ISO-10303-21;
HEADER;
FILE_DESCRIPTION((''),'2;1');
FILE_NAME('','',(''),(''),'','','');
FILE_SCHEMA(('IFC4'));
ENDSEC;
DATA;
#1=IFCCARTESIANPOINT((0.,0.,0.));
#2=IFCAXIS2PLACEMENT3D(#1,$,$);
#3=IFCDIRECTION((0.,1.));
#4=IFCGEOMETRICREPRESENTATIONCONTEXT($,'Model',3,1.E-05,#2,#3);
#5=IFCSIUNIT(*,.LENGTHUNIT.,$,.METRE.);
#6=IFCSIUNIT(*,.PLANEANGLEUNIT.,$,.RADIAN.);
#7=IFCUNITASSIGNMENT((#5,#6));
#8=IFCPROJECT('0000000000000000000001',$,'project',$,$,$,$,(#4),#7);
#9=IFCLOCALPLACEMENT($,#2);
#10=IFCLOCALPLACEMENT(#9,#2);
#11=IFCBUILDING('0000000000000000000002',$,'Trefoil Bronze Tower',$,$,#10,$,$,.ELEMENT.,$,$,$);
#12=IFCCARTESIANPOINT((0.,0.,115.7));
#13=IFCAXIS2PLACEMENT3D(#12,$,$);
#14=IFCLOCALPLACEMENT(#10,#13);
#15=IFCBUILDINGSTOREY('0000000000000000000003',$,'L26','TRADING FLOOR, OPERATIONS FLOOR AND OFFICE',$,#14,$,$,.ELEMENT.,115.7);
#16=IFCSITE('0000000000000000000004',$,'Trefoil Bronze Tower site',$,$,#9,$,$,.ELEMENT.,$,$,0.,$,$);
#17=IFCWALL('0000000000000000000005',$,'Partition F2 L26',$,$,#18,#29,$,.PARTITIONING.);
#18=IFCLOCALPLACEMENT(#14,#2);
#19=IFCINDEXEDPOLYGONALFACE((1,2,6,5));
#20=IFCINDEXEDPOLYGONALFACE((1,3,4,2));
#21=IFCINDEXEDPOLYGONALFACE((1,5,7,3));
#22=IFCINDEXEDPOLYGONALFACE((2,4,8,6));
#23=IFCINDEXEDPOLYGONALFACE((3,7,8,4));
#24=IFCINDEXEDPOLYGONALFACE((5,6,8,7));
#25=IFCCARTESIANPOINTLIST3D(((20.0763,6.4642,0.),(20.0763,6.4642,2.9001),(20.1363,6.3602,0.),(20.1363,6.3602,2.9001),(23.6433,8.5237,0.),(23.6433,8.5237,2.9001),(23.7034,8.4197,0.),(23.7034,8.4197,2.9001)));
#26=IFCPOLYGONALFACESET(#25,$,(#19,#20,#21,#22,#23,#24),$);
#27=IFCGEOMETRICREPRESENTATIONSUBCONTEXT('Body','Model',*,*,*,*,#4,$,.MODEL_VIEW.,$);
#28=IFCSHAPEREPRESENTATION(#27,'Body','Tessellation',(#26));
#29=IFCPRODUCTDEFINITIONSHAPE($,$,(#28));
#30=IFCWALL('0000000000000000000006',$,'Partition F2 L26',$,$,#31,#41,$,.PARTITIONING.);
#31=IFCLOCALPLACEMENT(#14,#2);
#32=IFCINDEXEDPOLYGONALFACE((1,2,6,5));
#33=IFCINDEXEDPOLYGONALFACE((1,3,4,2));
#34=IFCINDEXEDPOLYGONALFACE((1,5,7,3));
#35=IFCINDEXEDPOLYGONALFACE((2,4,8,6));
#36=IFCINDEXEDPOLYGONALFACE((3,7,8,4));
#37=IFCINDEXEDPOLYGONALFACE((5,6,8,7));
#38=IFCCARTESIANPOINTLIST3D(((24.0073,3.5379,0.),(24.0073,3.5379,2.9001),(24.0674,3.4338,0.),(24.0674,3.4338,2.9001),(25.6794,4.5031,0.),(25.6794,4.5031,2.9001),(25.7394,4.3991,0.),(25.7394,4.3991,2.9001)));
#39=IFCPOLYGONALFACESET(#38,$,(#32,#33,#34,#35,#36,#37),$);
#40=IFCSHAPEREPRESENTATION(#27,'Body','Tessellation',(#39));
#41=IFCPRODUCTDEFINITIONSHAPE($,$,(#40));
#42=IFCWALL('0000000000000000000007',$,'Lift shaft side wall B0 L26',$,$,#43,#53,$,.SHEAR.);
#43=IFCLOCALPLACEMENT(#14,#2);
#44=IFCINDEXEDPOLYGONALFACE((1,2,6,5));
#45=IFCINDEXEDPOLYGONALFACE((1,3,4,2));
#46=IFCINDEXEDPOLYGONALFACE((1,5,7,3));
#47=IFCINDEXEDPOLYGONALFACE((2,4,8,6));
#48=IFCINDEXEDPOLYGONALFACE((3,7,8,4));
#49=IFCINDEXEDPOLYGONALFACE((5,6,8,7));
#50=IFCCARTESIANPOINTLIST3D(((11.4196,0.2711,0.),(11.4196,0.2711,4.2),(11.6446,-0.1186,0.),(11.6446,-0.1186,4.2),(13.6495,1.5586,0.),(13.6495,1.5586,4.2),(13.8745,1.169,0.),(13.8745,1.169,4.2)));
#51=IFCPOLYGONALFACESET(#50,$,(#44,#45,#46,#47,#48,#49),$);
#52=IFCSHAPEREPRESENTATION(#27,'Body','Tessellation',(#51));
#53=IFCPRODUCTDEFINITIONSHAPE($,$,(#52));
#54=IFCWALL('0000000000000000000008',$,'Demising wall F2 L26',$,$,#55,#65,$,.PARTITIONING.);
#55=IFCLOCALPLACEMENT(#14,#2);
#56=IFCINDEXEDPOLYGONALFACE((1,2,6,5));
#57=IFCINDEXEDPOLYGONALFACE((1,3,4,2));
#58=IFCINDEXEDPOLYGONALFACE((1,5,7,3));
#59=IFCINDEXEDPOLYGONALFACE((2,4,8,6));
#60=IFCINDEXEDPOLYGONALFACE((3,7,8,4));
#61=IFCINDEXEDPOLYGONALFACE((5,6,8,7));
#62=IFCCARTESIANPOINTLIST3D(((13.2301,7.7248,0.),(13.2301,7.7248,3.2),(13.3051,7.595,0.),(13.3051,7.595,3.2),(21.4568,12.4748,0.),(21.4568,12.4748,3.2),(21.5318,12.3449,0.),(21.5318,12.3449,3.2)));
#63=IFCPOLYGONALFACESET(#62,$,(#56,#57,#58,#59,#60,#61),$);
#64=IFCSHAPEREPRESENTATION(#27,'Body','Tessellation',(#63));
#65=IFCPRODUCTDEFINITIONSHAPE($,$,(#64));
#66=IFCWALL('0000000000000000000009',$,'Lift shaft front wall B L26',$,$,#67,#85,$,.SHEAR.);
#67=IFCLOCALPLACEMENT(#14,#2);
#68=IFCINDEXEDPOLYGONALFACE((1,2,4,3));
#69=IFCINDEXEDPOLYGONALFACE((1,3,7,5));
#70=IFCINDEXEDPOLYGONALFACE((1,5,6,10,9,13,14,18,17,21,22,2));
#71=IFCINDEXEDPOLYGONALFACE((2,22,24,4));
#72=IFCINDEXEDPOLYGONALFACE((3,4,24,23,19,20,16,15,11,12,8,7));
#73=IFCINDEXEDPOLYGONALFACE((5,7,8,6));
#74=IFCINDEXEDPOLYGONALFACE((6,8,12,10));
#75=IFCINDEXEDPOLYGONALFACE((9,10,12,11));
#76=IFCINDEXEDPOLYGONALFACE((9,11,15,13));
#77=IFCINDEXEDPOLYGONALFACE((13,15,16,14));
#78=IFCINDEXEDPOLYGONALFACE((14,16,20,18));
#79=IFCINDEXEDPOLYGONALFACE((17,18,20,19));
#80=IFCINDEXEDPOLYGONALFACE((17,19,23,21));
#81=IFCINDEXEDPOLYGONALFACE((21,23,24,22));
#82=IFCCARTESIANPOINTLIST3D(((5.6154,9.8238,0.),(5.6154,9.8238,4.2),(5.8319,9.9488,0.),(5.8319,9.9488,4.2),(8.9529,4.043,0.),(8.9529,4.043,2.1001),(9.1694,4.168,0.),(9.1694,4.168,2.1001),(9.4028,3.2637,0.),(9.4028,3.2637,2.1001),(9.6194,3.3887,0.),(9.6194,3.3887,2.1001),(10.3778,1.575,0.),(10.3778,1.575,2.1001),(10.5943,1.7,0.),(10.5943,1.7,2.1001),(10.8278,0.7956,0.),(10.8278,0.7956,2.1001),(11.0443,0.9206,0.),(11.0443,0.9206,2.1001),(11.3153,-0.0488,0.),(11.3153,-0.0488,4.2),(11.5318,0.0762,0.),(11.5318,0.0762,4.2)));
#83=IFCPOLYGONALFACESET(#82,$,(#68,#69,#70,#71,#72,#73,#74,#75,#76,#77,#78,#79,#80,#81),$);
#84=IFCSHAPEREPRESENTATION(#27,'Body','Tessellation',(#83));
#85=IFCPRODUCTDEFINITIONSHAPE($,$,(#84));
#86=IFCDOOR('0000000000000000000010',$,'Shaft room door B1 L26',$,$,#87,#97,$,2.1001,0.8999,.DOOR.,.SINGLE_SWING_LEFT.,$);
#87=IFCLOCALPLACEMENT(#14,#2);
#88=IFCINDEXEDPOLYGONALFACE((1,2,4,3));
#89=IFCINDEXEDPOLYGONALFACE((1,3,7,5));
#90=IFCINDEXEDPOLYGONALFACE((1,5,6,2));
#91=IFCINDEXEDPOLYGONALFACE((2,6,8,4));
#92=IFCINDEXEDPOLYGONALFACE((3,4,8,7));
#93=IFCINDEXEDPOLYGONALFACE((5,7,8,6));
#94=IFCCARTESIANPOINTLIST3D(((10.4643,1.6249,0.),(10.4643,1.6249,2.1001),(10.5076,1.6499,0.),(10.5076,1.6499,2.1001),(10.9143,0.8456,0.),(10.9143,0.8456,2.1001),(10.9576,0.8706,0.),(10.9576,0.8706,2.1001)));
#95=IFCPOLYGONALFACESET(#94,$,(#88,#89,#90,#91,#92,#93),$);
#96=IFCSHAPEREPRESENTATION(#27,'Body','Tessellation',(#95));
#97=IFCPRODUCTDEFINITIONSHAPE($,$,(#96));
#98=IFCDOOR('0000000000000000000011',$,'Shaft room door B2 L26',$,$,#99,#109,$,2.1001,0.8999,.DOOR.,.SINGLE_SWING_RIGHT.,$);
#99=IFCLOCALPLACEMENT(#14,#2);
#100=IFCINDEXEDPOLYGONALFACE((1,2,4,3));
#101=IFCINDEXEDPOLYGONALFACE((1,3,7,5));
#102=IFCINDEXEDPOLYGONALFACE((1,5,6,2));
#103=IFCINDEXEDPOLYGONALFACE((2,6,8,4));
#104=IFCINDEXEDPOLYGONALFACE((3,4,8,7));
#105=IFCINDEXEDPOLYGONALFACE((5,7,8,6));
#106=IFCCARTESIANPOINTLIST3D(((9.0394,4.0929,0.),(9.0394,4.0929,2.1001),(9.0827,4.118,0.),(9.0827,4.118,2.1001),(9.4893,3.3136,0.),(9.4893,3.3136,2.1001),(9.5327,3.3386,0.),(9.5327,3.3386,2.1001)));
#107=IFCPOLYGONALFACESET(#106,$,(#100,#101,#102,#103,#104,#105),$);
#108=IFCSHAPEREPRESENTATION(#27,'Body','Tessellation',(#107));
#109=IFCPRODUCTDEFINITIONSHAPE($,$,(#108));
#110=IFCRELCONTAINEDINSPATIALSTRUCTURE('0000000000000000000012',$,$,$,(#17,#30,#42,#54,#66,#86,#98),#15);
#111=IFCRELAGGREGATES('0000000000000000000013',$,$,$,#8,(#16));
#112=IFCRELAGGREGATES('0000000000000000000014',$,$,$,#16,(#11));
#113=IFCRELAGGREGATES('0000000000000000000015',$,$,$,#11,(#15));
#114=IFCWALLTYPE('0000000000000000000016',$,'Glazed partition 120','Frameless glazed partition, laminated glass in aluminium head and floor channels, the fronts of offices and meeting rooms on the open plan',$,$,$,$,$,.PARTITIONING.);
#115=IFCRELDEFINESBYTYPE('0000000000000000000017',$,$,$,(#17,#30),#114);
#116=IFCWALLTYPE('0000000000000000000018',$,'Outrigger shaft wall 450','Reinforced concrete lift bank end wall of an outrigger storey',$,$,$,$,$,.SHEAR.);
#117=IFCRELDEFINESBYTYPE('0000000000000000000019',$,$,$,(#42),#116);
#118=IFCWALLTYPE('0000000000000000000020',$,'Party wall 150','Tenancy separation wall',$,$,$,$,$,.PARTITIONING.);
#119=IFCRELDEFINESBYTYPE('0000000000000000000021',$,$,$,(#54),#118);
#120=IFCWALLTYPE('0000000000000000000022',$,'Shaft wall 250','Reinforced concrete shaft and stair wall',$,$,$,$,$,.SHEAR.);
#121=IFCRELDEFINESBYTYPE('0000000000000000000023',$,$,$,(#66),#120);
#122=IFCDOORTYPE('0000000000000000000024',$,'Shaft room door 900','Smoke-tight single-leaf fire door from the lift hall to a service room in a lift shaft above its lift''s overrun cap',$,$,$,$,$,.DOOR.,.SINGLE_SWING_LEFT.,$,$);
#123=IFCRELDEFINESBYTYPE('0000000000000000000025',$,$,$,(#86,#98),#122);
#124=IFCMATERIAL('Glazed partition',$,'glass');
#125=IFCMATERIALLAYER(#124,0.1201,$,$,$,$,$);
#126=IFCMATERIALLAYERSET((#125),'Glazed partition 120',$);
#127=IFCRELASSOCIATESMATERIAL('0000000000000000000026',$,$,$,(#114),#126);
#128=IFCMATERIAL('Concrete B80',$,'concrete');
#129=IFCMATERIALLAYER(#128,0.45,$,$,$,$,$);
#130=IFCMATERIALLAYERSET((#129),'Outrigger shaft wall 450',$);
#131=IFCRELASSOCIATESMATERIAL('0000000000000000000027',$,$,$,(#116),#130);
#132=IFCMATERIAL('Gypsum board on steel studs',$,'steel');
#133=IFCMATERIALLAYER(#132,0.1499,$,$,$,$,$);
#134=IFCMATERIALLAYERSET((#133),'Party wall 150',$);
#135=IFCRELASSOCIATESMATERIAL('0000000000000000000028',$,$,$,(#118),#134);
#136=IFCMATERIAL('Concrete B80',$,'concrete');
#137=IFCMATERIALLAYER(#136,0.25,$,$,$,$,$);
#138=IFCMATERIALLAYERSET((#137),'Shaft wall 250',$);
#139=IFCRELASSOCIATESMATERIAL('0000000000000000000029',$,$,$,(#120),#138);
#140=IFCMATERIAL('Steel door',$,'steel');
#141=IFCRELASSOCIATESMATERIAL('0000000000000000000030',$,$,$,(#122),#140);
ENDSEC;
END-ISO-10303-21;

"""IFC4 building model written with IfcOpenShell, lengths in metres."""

from ifc_helpers import new_model, si_unit, direction, frame, frame_2d, origin, place, context, subcontext, project, spatial, rectangle, extrude, material, layer, layer_set, type_object, element, fill, save


model = new_model("IFC4")

# Units and contexts
model_context = context("Model", 3, precision=1e-05, world=origin(), true_north=direction((0.0, 1.0)))
body_context = subcontext(model_context, "Body", "Model", "MODEL_VIEW")
ifc_project = project(units=[si_unit("LENGTHUNIT", "METRE"), si_unit("PLANEANGLEUNIT", "RADIAN")], contexts=[model_context])

# Site, building, storey
site_placement = place(None, origin())
site = spatial("IfcSite", under=ifc_project, at=site_placement, Name="Trefoil Bronze Tower site", CompositionType="ELEMENT", RefElevation=0.0)
building_placement = place(site_placement, origin())
building = spatial("IfcBuilding", under=site, at=building_placement, Name="Trefoil Bronze Tower", CompositionType="ELEMENT")
storey_placement = place(building_placement, frame((0.0, 0.0, 115.7)))
storey = spatial("IfcBuildingStorey", under=building, at=storey_placement, Name="L26", Description="TRADING FLOOR, OPERATIONS FLOOR AND OFFICE", CompositionType="ELEMENT", Elevation=115.7)

# Shared definitions
ifc_material_1 = material(Name="Glazed partition", Category="glass")
ifc_layer_1 = layer(ifc_material_1, 0.1201)
ifc_layer_set_1 = layer_set([ifc_layer_1], Name="Glazed partition 120")
wall_type_1 = type_object("IfcWallType", Name="Glazed partition 120", Description="Frameless glazed partition, laminated glass in aluminium head and floor channels, the fronts of offices and meeting rooms on the open plan", PredefinedType="PARTITIONING", material=ifc_layer_set_1)

# Walls
wall_1_placement = place(storey_placement, frame((20.1062, 6.4121, 0.0), z_axis=(0.0, 0.0, 1.0), x_axis=(0.866017, 0.500015, 0.0)))
element("IfcWall", 1, at=wall_1_placement, inside=storey, type_object=wall_type_1, Name="Partition F2 L26", PredefinedType="PARTITIONING", context=body_context, shape_type="SweptSolid", body=[
    extrude(rectangle(XDim=4.1189, YDim=0.1201, at=frame_2d((2.0596, 0.0))), origin(), (0.0, 0.0, 1.0), 2.9001),
])
wall_2_placement = place(storey_placement, frame((24.0374, 3.4858, 0.0), z_axis=(0.0, 0.0, 1.0), x_axis=(0.86604, 0.499974, 0.0)))
element("IfcWall", 2, at=wall_2_placement, inside=storey, type_object=wall_type_1, Name="Partition F2 L26", PredefinedType="PARTITIONING", context=body_context, shape_type="SweptSolid", body=[
    extrude(rectangle(XDim=1.9307, YDim=0.1201, at=frame_2d((0.9653, 0.0))), origin(), (0.0, 0.0, 1.0), 2.9001),
])
ifc_material_2 = material(Name="Concrete B80", Category="concrete")
ifc_layer_2 = layer(ifc_material_2, 0.45)
ifc_layer_set_2 = layer_set([ifc_layer_2], Name="Outrigger shaft wall 450")
wall_type_2 = type_object("IfcWallType", Name="Outrigger shaft wall 450", Description="Reinforced concrete lift bank end wall of an outrigger storey", PredefinedType="SHEAR", material=ifc_layer_set_2)
wall_3_placement = place(storey_placement, frame((11.532, 0.0762, 0.0), z_axis=(0.0, 0.0, 1.0), x_axis=(0.866006, 0.500034, 0.0)))
element("IfcWall", 3, at=wall_3_placement, inside=storey, type_object=wall_type_2, Name="Lift shaft side wall B0 L26", PredefinedType="SHEAR", context=body_context, shape_type="SweptSolid", body=[
    extrude(rectangle(XDim=2.575, YDim=0.45, at=frame_2d((1.2876, 0.0))), origin(), (0.0, 0.0, 1.0), 4.2),
])
ifc_material_3 = material(Name="Gypsum board on steel studs", Category="steel")
ifc_layer_3 = layer(ifc_material_3, 0.1499)
ifc_layer_set_3 = layer_set([ifc_layer_3], Name="Party wall 150")
wall_type_3 = type_object("IfcWallType", Name="Party wall 150", Description="Tenancy separation wall", PredefinedType="PARTITIONING", material=ifc_layer_set_3)
wall_4_placement = place(storey_placement, frame((13.2676, 7.6599, 0.0), z_axis=(0.0, 0.0, 1.0), x_axis=(0.866014, 0.50002, 0.0)))
element("IfcWall", 4, at=wall_4_placement, inside=storey, type_object=wall_type_3, Name="Demising wall F2 L26", PredefinedType="PARTITIONING", context=body_context, shape_type="SweptSolid", body=[
    extrude(rectangle(XDim=9.4995, YDim=0.1499, at=frame_2d((4.7498, 0.0))), origin(), (0.0, 0.0, 1.0), 3.2),
])

# Wall, openings, doors
ifc_material_4 = material(Name="Concrete B80", Category="concrete")
ifc_layer_4 = layer(ifc_material_4, 0.25)
ifc_layer_set_4 = layer_set([ifc_layer_4], Name="Shaft wall 250")
wall_type_4 = type_object("IfcWallType", Name="Shaft wall 250", Description="Reinforced concrete shaft and stair wall", PredefinedType="SHEAR", material=ifc_layer_set_4)
wall_5_placement = place(storey_placement, frame((11.4236, 0.0137, 0.0), z_axis=(0.0, 0.0, 1.0), x_axis=(-0.500002, 0.866024, 0.0)))
wall_5 = element("IfcWall", 5, at=wall_5_placement, inside=storey, type_object=wall_type_4, Name="Lift shaft front wall B L26", PredefinedType="SHEAR", context=body_context, shape_type="SweptSolid", body=[
    extrude(rectangle(XDim=11.3999, YDim=0.25, at=frame_2d((5.7, 0.0))), origin(), (0.0, 0.0, 1.0), 4.2),
])
opening_1_placement = place(wall_5_placement, frame((0.9751, 0.0, 0.0)))
opening_1 = element("IfcOpeningElement", 6, at=opening_1_placement, cuts=wall_5, PredefinedType="OPENING", context=body_context, shape_type="SweptSolid", body=[
    extrude(rectangle(XDim=0.8999, YDim=2.1001, at=frame_2d((0.45, 1.05))), frame((0.0, 0.135, 0.0), z_axis=(0.0, -1.0, 0.0), x_axis=(1.0, 0.0, 0.0)), (0.0, 0.0, 1.0), 0.27),
])
opening_2_placement = place(wall_5_placement, frame((3.825, 0.0, 0.0)))
opening_2 = element("IfcOpeningElement", 7, at=opening_2_placement, cuts=wall_5, PredefinedType="OPENING", context=body_context, shape_type="SweptSolid", body=[
    extrude(rectangle(XDim=0.8999, YDim=2.1001, at=frame_2d((0.45, 1.05))), frame((0.0, 0.135, 0.0), z_axis=(0.0, -1.0, 0.0), x_axis=(1.0, 0.0, 0.0)), (0.0, 0.0, 1.0), 0.27),
])
ifc_material_5 = material(Name="Steel door", Category="steel")
door_type_1 = type_object("IfcDoorType", Name="Shaft room door 900", Description="Smoke-tight single-leaf fire door from the lift hall to a service room in a lift shaft above its lift's overrun cap", OperationType="SINGLE_SWING_LEFT", PredefinedType="DOOR", material=ifc_material_5)
door_1_placement = place(opening_1_placement, frame((0.8999, 0.0, 0.0), z_axis=(0.0, 0.0, 1.0), x_axis=(-1.0, 0.0, 0.0)))
door_1 = element("IfcDoor", 8, at=door_1_placement, inside=storey, type_object=door_type_1, Name="Shaft room door B1 L26", OperationType="SINGLE_SWING_LEFT", OverallHeight=2.1001, OverallWidth=0.8999, PredefinedType="DOOR", context=body_context, shape_type="SweptSolid", body=[
    extrude(rectangle(XDim=0.8999, YDim=2.1001, at=frame_2d((0.45, 1.05))), frame((0.0, 0.0249, 0.0), z_axis=(0.0, -1.0, 0.0), x_axis=(1.0, 0.0, 0.0)), (0.0, 0.0, 1.0), 0.05),
])
fill(opening_1, door_1)
door_2_placement = place(opening_2_placement, frame((0.8999, 0.0, 0.0), z_axis=(0.0, 0.0, 1.0), x_axis=(-1.0, 0.0, 0.0)))
door_2 = element("IfcDoor", 9, at=door_2_placement, inside=storey, type_object=door_type_1, Name="Shaft room door B2 L26", OperationType="SINGLE_SWING_RIGHT", OverallHeight=2.1001, OverallWidth=0.8999, PredefinedType="DOOR", context=body_context, shape_type="SweptSolid", body=[
    extrude(rectangle(XDim=0.8999, YDim=2.1001, at=frame_2d((0.45, 1.05))), frame((0.0, 0.0249, 0.0), z_axis=(0.0, -1.0, 0.0), x_axis=(1.0, 0.0, 0.0)), (0.0, 0.0, 1.0), 0.05),
])
fill(opening_2, door_2)

save(model, "model.ifc")
